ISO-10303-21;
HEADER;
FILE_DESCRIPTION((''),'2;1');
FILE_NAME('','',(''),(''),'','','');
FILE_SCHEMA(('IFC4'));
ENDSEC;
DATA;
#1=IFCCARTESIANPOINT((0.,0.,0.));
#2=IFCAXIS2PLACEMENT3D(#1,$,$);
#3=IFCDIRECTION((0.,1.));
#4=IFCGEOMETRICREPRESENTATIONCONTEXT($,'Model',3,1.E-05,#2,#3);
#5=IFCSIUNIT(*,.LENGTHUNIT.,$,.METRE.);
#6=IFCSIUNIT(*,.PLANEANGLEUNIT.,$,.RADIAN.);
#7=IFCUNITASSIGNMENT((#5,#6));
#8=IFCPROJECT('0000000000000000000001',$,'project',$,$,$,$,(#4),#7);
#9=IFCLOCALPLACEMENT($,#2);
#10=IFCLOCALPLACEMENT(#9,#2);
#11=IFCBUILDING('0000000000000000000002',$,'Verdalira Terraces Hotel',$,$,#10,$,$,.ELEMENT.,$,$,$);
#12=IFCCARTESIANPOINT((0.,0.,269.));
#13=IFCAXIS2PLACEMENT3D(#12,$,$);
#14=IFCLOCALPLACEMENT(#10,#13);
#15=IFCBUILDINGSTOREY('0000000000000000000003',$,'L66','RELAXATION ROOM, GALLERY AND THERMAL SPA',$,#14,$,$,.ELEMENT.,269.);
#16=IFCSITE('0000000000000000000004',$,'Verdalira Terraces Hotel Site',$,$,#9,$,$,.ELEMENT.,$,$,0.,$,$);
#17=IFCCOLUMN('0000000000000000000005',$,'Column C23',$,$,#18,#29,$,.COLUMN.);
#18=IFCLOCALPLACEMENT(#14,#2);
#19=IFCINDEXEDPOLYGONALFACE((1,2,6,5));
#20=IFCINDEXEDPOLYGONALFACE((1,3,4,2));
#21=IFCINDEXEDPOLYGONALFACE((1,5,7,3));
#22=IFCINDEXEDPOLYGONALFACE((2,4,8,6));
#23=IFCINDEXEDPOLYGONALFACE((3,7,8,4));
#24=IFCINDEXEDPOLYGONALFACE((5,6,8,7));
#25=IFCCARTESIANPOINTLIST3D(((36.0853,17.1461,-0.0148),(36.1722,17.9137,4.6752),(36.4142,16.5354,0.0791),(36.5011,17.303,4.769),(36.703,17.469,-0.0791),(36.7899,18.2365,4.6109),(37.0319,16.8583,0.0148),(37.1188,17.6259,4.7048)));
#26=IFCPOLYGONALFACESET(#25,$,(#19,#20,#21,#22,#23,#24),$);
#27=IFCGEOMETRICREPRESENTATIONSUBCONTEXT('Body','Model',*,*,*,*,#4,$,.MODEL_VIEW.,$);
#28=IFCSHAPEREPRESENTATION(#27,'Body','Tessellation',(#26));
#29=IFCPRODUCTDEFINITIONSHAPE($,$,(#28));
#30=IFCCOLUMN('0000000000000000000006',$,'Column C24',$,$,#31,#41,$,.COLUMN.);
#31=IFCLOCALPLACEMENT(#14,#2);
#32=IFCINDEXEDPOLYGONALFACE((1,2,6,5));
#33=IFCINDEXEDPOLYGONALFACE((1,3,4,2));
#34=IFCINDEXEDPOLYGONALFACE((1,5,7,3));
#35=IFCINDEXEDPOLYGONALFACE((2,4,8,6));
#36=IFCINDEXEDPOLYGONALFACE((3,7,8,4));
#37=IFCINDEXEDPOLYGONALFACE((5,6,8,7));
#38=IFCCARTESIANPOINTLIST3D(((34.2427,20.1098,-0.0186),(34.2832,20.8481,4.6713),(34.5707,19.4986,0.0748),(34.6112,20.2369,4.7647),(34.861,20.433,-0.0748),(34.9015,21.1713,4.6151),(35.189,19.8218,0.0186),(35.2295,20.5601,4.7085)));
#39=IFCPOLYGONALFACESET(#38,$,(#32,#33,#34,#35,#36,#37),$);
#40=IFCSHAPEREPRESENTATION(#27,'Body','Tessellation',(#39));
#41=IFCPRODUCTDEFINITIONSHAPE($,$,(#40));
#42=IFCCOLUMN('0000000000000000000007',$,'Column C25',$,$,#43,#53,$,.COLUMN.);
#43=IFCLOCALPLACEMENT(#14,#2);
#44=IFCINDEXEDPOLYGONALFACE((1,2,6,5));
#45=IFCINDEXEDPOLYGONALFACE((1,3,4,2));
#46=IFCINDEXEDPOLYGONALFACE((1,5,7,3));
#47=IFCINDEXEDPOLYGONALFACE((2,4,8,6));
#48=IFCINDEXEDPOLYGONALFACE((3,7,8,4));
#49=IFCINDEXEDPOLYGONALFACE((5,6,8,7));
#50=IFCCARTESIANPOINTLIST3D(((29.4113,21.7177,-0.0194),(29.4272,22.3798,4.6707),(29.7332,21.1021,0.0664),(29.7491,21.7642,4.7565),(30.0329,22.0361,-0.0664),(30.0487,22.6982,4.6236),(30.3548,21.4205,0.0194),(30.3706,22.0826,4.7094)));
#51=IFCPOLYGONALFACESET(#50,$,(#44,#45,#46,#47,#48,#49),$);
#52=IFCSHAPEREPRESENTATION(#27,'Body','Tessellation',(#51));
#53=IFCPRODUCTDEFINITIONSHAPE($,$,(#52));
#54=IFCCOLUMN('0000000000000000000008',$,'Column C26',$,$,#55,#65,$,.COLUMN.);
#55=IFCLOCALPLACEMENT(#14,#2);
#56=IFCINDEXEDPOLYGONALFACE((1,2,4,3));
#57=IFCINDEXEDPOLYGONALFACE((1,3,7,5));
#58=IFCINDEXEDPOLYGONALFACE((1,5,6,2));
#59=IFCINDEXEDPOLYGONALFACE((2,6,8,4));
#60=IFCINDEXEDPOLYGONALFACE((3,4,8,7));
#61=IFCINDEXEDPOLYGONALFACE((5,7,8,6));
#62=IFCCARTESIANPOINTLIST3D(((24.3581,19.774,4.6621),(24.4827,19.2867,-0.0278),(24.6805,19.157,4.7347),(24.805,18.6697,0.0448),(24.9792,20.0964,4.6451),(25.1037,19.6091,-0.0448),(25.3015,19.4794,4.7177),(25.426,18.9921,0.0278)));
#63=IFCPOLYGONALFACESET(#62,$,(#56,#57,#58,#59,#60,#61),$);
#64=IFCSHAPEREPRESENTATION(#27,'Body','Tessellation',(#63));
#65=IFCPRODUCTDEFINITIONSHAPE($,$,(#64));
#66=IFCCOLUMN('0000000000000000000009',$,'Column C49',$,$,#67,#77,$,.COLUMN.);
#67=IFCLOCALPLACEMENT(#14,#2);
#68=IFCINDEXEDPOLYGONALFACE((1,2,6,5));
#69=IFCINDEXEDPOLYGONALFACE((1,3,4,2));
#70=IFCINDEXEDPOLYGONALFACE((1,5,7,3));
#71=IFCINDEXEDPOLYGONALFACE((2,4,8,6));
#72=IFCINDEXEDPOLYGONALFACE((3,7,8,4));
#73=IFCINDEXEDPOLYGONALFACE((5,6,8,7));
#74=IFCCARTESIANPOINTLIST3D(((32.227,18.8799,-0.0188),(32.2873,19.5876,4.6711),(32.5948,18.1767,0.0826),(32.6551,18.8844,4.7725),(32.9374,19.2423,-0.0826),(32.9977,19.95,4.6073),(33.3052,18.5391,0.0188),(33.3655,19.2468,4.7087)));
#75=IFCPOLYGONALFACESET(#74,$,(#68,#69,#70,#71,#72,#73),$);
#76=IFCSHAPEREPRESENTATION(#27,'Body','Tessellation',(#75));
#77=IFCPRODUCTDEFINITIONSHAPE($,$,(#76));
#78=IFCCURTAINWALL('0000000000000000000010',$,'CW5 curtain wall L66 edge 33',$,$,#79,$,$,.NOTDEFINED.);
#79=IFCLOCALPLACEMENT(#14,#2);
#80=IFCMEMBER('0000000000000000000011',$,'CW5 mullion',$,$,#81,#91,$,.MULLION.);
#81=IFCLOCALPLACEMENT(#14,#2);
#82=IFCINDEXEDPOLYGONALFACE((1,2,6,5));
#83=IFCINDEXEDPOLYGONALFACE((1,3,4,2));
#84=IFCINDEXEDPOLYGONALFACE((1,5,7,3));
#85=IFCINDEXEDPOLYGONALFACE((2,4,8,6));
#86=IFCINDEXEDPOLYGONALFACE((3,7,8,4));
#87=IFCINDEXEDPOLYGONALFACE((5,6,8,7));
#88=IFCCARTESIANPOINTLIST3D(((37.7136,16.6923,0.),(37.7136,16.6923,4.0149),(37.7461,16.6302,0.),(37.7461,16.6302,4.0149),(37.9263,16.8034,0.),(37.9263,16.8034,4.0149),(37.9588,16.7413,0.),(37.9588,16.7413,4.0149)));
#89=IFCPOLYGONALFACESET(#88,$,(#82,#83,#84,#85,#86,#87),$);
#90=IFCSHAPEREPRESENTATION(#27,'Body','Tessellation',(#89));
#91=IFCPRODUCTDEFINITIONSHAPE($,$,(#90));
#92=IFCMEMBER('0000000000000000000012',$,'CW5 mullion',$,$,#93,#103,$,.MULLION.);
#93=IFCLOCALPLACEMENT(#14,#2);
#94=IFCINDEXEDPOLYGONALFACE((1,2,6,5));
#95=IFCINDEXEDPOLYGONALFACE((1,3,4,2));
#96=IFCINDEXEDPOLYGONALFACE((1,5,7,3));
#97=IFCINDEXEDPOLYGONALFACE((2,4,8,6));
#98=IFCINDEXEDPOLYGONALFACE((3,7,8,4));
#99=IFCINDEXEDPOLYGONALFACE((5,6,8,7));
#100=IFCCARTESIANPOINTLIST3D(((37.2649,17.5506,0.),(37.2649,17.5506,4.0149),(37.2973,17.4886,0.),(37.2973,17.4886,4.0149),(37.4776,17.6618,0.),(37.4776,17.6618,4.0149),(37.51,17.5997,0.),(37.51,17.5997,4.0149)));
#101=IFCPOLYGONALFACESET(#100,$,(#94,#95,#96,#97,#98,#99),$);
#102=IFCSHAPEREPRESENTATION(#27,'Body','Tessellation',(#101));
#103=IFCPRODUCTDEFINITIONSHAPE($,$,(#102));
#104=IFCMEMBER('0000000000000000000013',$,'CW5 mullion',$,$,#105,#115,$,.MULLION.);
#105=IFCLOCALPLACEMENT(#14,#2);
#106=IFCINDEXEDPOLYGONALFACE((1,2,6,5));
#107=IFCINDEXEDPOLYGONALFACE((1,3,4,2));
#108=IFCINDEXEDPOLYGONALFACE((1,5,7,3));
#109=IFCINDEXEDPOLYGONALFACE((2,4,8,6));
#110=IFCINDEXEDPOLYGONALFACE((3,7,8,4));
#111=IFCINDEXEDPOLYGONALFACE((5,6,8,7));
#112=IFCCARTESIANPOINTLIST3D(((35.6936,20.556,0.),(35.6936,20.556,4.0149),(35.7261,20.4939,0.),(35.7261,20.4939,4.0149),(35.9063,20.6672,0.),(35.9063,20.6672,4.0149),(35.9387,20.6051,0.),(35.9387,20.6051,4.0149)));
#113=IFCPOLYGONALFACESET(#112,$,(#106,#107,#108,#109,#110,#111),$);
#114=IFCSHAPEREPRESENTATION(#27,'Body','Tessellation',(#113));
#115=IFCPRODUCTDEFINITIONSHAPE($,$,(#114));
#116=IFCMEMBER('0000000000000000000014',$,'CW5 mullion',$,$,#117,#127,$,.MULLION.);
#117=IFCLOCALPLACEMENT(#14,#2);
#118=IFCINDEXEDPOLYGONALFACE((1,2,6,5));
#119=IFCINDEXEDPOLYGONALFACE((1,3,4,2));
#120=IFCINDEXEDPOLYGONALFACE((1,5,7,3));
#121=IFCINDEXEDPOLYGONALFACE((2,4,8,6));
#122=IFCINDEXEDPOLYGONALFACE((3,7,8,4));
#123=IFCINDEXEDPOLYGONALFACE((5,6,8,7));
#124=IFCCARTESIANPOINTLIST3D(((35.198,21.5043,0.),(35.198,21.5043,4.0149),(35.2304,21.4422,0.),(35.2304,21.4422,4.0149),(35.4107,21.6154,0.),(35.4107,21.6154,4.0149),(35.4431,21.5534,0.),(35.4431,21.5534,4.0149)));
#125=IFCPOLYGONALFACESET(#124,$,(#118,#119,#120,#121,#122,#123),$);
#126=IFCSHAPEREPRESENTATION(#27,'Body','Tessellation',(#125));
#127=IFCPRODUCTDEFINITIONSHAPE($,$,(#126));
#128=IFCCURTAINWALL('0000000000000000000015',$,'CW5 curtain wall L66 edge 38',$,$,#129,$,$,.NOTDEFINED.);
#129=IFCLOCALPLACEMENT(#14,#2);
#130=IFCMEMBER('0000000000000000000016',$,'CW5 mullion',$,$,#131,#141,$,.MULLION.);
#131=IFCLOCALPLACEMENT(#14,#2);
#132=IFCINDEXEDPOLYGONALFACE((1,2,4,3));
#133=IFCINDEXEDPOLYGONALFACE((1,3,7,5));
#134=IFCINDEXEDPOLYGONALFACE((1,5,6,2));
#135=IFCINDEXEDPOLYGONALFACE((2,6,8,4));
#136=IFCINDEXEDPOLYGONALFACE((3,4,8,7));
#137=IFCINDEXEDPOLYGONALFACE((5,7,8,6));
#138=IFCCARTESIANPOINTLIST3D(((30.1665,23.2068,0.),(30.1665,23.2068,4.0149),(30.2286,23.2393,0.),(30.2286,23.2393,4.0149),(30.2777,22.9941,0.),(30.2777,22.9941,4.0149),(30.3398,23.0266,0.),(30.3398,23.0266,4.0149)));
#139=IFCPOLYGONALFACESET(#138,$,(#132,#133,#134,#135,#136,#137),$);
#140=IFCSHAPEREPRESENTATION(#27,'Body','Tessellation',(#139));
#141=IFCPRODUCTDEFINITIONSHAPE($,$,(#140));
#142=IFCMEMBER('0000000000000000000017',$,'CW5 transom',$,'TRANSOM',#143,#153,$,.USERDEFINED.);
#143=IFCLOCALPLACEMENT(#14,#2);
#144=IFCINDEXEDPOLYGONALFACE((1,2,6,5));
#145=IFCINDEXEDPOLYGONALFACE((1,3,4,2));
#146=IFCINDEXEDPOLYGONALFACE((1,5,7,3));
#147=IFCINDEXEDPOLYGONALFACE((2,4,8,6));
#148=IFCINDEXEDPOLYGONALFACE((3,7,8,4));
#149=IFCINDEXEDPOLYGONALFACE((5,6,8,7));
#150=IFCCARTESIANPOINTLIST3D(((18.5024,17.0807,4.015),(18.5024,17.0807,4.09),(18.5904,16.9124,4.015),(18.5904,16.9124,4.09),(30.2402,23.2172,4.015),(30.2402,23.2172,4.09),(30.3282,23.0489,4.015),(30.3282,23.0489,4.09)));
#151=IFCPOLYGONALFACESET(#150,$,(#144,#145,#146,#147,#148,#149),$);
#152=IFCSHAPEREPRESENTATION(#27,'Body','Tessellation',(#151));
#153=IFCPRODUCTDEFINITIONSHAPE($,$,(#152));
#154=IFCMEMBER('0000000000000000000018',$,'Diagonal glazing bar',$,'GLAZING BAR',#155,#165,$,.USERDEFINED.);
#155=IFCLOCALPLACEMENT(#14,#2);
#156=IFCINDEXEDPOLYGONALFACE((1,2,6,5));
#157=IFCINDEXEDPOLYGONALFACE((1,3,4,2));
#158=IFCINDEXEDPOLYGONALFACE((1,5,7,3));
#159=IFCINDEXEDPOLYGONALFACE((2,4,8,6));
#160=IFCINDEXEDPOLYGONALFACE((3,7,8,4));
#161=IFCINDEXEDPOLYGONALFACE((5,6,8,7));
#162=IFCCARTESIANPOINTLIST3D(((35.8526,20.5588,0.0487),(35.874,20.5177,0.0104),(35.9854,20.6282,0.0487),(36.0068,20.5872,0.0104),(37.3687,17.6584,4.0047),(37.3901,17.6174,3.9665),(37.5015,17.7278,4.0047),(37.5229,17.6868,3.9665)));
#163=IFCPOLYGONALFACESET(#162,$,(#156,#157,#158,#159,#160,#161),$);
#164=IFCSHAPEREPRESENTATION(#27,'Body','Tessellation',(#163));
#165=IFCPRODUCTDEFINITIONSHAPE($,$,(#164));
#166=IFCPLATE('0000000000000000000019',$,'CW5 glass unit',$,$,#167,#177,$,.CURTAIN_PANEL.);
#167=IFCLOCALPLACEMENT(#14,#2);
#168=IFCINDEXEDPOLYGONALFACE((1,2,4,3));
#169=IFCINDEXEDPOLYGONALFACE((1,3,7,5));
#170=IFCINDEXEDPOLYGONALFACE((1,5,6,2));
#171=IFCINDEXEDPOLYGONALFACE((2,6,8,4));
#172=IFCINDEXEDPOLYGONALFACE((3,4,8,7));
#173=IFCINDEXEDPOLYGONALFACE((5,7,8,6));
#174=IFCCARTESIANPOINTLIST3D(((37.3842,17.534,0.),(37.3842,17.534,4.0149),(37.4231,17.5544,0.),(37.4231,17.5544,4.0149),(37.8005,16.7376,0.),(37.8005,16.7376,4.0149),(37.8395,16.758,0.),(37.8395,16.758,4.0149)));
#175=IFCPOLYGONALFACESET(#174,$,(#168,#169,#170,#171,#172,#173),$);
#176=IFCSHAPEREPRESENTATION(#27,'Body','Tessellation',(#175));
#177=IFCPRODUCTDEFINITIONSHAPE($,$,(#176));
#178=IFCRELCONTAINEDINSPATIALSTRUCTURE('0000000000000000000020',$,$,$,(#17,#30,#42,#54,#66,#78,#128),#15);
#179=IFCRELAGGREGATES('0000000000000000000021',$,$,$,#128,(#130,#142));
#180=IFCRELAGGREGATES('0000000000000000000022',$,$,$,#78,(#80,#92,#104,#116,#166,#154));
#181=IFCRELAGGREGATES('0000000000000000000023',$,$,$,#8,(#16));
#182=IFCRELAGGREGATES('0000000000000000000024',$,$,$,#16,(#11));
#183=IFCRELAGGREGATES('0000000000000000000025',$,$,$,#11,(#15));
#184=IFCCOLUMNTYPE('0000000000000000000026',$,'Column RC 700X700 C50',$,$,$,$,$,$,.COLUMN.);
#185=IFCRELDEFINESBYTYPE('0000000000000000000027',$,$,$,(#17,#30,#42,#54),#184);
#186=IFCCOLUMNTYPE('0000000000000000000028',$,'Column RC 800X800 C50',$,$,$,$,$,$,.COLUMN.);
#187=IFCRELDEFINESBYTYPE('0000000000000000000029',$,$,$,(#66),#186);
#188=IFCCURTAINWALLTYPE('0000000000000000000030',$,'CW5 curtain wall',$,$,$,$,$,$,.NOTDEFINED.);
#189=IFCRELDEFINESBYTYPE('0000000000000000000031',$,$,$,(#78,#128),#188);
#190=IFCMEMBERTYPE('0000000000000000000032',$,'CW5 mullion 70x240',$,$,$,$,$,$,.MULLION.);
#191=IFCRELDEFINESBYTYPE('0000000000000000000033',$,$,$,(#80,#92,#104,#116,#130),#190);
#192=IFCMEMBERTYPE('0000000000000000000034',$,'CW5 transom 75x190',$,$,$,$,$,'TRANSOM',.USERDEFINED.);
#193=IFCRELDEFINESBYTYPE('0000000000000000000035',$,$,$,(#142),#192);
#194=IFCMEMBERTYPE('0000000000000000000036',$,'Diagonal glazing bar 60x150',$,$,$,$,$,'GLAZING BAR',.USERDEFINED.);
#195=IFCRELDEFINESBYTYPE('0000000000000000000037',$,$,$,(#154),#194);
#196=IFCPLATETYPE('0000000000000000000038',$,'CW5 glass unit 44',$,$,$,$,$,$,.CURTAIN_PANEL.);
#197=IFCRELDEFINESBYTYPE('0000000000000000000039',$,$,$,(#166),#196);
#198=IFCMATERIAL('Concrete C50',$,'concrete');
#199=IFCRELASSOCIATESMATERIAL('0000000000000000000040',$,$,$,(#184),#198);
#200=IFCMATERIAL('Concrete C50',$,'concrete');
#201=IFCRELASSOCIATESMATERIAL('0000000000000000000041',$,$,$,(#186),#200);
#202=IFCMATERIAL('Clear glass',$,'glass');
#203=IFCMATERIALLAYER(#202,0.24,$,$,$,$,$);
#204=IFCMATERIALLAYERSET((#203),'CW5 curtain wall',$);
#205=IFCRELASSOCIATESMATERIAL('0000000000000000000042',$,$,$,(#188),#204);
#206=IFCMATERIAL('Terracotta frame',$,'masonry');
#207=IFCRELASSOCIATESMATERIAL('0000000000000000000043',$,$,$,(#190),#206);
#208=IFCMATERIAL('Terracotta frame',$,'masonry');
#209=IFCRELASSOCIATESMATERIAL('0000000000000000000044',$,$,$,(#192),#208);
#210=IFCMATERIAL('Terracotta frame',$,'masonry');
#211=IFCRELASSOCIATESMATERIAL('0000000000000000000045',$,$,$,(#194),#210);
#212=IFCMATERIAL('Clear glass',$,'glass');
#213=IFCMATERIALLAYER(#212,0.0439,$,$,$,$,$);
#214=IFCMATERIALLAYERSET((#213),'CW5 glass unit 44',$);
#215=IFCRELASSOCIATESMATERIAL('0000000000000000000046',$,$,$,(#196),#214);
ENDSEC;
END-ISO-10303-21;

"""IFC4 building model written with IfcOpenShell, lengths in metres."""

from ifc_helpers import new_model, si_unit, direction, frame, origin, origin_2d, place, context, subcontext, project, spatial, rectangle, extrude, material, layer, layer_set, material_profile, profile_set, type_object, element, aggregate, save


model = new_model("IFC4")

# Units and contexts
model_context = context("Model", 3, precision=1e-05, world=origin(), true_north=direction((0.0, 1.0)))
body_context = subcontext(model_context, "Body", "Model", "MODEL_VIEW")
ifc_project = project(units=[si_unit("LENGTHUNIT", "METRE"), si_unit("PLANEANGLEUNIT", "RADIAN")], contexts=[model_context])

# Site, building, storey
site_placement = place(None, origin())
site = spatial("IfcSite", under=ifc_project, at=site_placement, Name="Verdalira Terraces Hotel Site", CompositionType="ELEMENT", RefElevation=0.0)
building_placement = place(site_placement, origin())
building = spatial("IfcBuilding", under=site, at=building_placement, Name="Verdalira Terraces Hotel", CompositionType="ELEMENT")
storey_placement = place(building_placement, frame((0.0, 0.0, 269.0)))
storey = spatial("IfcBuildingStorey", under=building, at=storey_placement, Name="L66", Description="RELAXATION ROOM, GALLERY AND THERMAL SPA", CompositionType="ELEMENT", Elevation=269.0)

# Columns
ifc_material_1 = material(Name="Concrete C50", Category="concrete")
ifc_material_profile_1 = material_profile(ifc_material_1, rectangle(XDim=0.7, YDim=0.7, at=origin_2d()), Name="RC 700X700")
ifc_profile_set_1 = profile_set([ifc_material_profile_1], Name="Concrete C50")
column_type_1 = type_object("IfcColumnType", Name="Column RC 700X700 C50", PredefinedType="COLUMN", material=ifc_profile_set_1)
column_1_placement = place(storey_placement, frame((36.5586, 17.0022, 0.0), z_axis=(0.018286, 0.161489, 0.986705), x_axis=(-0.469931, 0.87246, -0.134082)))
element("IfcColumn", 1, at=column_1_placement, inside=storey, type_object=column_type_1, Name="Column C23", PredefinedType="COLUMN", context=body_context, shape_type="SweptSolid", body=[
    extrude(rectangle(XDim=0.7, YDim=0.7, at=origin_2d()), origin(), (0.0, 0.0, 1.0), 4.7532),
])
column_2_placement = place(storey_placement, frame((34.7158, 19.9658, 0.0), z_axis=(0.008536, 0.155497, 0.987799), x_axis=(-0.468616, 0.873269, -0.133419)))
element("IfcColumn", 2, at=column_2_placement, inside=storey, type_object=column_type_1, Name="Column C24", PredefinedType="COLUMN", context=body_context, shape_type="SweptSolid", body=[
    extrude(rectangle(XDim=0.7, YDim=0.7, at=origin_2d()), origin(), (0.0, 0.0, 1.0), 4.7478),
])
column_3_placement = place(storey_placement, frame((29.8831, 21.5691, 0.0), z_axis=(0.00335, 0.139789, 0.990176), x_axis=(-0.887973, -0.454954, 0.067233)))
element("IfcColumn", 3, at=column_3_placement, inside=storey, type_object=column_type_1, Name="Column C25", PredefinedType="COLUMN", context=body_context, shape_type="SweptSolid", body=[
    extrude(rectangle(XDim=0.7, YDim=0.7, at=origin_2d()), origin(), (0.0, 0.0, 1.0), 4.7366),
])
column_4_placement = place(storey_placement, frame((24.9543, 19.1394, 0.0), z_axis=(-0.026397, 0.103312, 0.994299), x_axis=(-0.887236, -0.460674, 0.024311)))
element("IfcColumn", 4, at=column_4_placement, inside=storey, type_object=column_type_1, Name="Column C26", PredefinedType="COLUMN", context=body_context, shape_type="SweptSolid", body=[
    extrude(rectangle(XDim=0.7, YDim=0.7, at=origin_2d()), origin(), (0.0, 0.0, 1.0), 4.7168),
])
ifc_material_2 = material(Name="Concrete C50", Category="concrete")
ifc_material_profile_2 = material_profile(ifc_material_2, rectangle(XDim=0.8, YDim=0.8, at=origin_2d()), Name="RC 800X800")
ifc_profile_set_2 = profile_set([ifc_material_profile_2], Name="Concrete C50")
column_type_2 = type_object("IfcColumnType", Name="Column RC 800X800 C50", PredefinedType="COLUMN", material=ifc_profile_set_2)
column_5_placement = place(storey_placement, frame((32.7661, 18.7095, 0.0), z_axis=(0.012713, 0.149209, 0.988724), x_axis=(0.887935, 0.452997, -0.079779)))
element("IfcColumn", 5, at=column_5_placement, inside=storey, type_object=column_type_2, Name="Column C49", PredefinedType="COLUMN", context=body_context, shape_type="SweptSolid", body=[
    extrude(rectangle(XDim=0.8, YDim=0.8, at=origin_2d()), origin(), (0.0, 0.0, 1.0), 4.7434),
])

# Curtain walls, members
ifc_material_3 = material(Name="Clear glass", Category="glass")
ifc_layer_1 = layer(ifc_material_3, 0.24)
ifc_layer_set_1 = layer_set([ifc_layer_1], Name="CW5 curtain wall")
curtain_wall_type = type_object("IfcCurtainWallType", Name="CW5 curtain wall", PredefinedType="NOTDEFINED", material=ifc_layer_set_1)
curtain_wall_1_placement = place(storey_placement, origin())
curtain_wall_1 = element("IfcCurtainWall", 6, at=curtain_wall_1_placement, inside=storey, type_object=curtain_wall_type, Name="CW5 curtain wall L66 edge 33", PredefinedType="NOTDEFINED")
ifc_material_4 = material(Name="Terracotta frame", Category="masonry")
ifc_material_profile_3 = material_profile(ifc_material_4, rectangle(XDim=0.0701, YDim=0.24, at=origin_2d()), Name="MU 70x240")
ifc_profile_set_3 = profile_set([ifc_material_profile_3], Name="Terracotta frame")
member_type_1 = type_object("IfcMemberType", Name="CW5 mullion 70x240", PredefinedType="MULLION", material=ifc_profile_set_3)
member_1_placement = place(storey_placement, frame((37.8362, 16.7168, 0.0), z_axis=(0.0, 0.0, 1.0), x_axis=(-0.463296, 0.886204, 0.0)))
member_1 = element("IfcMember", 7, at=member_1_placement, type_object=member_type_1, Name="CW5 mullion", PredefinedType="MULLION", context=body_context, shape_type="SweptSolid", body=[
    extrude(rectangle(XDim=0.0701, YDim=0.24, at=origin_2d()), origin(), (0.0, 0.0, 1.0), 4.0149),
])
member_2_placement = place(storey_placement, frame((37.3875, 17.5752, 0.0), z_axis=(0.0, 0.0, 1.0), x_axis=(-0.463296, 0.886204, 0.0)))
member_2 = element("IfcMember", 8, at=member_2_placement, type_object=member_type_1, Name="CW5 mullion", PredefinedType="MULLION", context=body_context, shape_type="SweptSolid", body=[
    extrude(rectangle(XDim=0.0701, YDim=0.24, at=origin_2d()), origin(), (0.0, 0.0, 1.0), 4.0149),
])
member_3_placement = place(storey_placement, frame((35.8162, 20.5806, 0.0), z_axis=(0.0, 0.0, 1.0), x_axis=(-0.463296, 0.886204, 0.0)))
member_3 = element("IfcMember", 9, at=member_3_placement, type_object=member_type_1, Name="CW5 mullion", PredefinedType="MULLION", context=body_context, shape_type="SweptSolid", body=[
    extrude(rectangle(XDim=0.0701, YDim=0.24, at=origin_2d()), origin(), (0.0, 0.0, 1.0), 4.0149),
])
member_4_placement = place(storey_placement, frame((35.3206, 21.5288, 0.0), z_axis=(0.0, 0.0, 1.0), x_axis=(-0.463296, 0.886204, 0.0)))
member_4 = element("IfcMember", 10, at=member_4_placement, type_object=member_type_1, Name="CW5 mullion", PredefinedType="MULLION", context=body_context, shape_type="SweptSolid", body=[
    extrude(rectangle(XDim=0.0701, YDim=0.24, at=origin_2d()), origin(), (0.0, 0.0, 1.0), 4.0149),
])
curtain_wall_2_placement = place(storey_placement, origin())
curtain_wall_2 = element("IfcCurtainWall", 11, at=curtain_wall_2_placement, inside=storey, type_object=curtain_wall_type, Name="CW5 curtain wall L66 edge 38", PredefinedType="NOTDEFINED")
member_5_placement = place(storey_placement, frame((30.2532, 23.1167, 0.0), z_axis=(0.0, 0.0, 1.0), x_axis=(-0.886204, -0.463296, 0.0)))
member_5 = element("IfcMember", 12, at=member_5_placement, type_object=member_type_1, Name="CW5 mullion", PredefinedType="MULLION", context=body_context, shape_type="SweptSolid", body=[
    extrude(rectangle(XDim=0.0701, YDim=0.24, at=origin_2d()), origin(), (0.0, 0.0, 1.0), 4.0149),
])
ifc_material_5 = material(Name="Terracotta frame", Category="masonry")
ifc_material_profile_4 = material_profile(ifc_material_5, rectangle(XDim=0.1899, YDim=0.075, at=origin_2d()), Name="TR 75x190")
ifc_profile_set_4 = profile_set([ifc_material_profile_4], Name="Terracotta frame")
member_type_2 = type_object("IfcMemberType", Name="CW5 transom 75x190", ElementType="TRANSOM", PredefinedType="USERDEFINED", material=ifc_profile_set_4)
member_6_placement = place(storey_placement, frame((30.2842, 23.1331, 4.0525), z_axis=(-0.8862, -0.463302, 0.0), x_axis=(0.463302, -0.8862, 0.0)))
member_6 = element("IfcMember", 13, at=member_6_placement, type_object=member_type_2, Name="CW5 transom", ObjectType="TRANSOM", PredefinedType="USERDEFINED", context=body_context, shape_type="SweptSolid", body=[
    extrude(rectangle(XDim=0.1899, YDim=0.075, at=origin_2d()), origin(), (0.0, 0.0, 1.0), 13.2451),
])
aggregate(curtain_wall_2, [member_5, member_6])

# Member
ifc_material_6 = material(Name="Terracotta frame", Category="masonry")
ifc_material_profile_5 = material_profile(ifc_material_6, rectangle(XDim=0.1499, YDim=0.0601, at=origin_2d()), Name="GB 60x150")
ifc_profile_set_5 = profile_set([ifc_material_profile_5], Name="Terracotta frame")
member_type_3 = type_object("IfcMemberType", Name="Diagonal glazing bar 60x150", ElementType="GLAZING BAR", PredefinedType="USERDEFINED", material=ifc_profile_set_5)
member_7_placement = place(storey_placement, frame((37.4458, 17.6726, 3.9856), z_axis=(-0.29529, 0.564903, -0.770512), x_axis=(-0.886225, -0.463254, 0.0)))
member_7 = element("IfcMember", 14, at=member_7_placement, type_object=member_type_3, Name="Diagonal glazing bar", ObjectType="GLAZING BAR", PredefinedType="USERDEFINED", context=body_context, shape_type="SweptSolid", body=[
    extrude(rectangle(XDim=0.1499, YDim=0.0601, at=origin_2d()), origin(), (0.0, 0.0, 1.0), 5.1343),
])

# Plate
ifc_material_7 = material(Name="Clear glass", Category="glass")
ifc_layer_2 = layer(ifc_material_7, 0.0439)
ifc_layer_set_2 = layer_set([ifc_layer_2], Name="CW5 glass unit 44")
plate_type = type_object("IfcPlateType", Name="CW5 glass unit 44", PredefinedType="CURTAIN_PANEL", material=ifc_layer_set_2)
plate_1_placement = place(storey_placement, frame((37.6118, 17.146, 0.0), z_axis=(0.0, 0.0, 1.0), x_axis=(-0.463296, 0.886204, 0.0)))
plate_1 = element("IfcPlate", 15, at=plate_1_placement, type_object=plate_type, Name="CW5 glass unit", PredefinedType="CURTAIN_PANEL", context=body_context, shape_type="SweptSolid", body=[
    extrude(rectangle(XDim=0.8987, YDim=0.0439, at=origin_2d()), origin(), (0.0, 0.0, 1.0), 4.0149),
])
aggregate(curtain_wall_1, [member_1, member_2, member_3, member_4, plate_1, member_7])

save(model, "model.ifc")
